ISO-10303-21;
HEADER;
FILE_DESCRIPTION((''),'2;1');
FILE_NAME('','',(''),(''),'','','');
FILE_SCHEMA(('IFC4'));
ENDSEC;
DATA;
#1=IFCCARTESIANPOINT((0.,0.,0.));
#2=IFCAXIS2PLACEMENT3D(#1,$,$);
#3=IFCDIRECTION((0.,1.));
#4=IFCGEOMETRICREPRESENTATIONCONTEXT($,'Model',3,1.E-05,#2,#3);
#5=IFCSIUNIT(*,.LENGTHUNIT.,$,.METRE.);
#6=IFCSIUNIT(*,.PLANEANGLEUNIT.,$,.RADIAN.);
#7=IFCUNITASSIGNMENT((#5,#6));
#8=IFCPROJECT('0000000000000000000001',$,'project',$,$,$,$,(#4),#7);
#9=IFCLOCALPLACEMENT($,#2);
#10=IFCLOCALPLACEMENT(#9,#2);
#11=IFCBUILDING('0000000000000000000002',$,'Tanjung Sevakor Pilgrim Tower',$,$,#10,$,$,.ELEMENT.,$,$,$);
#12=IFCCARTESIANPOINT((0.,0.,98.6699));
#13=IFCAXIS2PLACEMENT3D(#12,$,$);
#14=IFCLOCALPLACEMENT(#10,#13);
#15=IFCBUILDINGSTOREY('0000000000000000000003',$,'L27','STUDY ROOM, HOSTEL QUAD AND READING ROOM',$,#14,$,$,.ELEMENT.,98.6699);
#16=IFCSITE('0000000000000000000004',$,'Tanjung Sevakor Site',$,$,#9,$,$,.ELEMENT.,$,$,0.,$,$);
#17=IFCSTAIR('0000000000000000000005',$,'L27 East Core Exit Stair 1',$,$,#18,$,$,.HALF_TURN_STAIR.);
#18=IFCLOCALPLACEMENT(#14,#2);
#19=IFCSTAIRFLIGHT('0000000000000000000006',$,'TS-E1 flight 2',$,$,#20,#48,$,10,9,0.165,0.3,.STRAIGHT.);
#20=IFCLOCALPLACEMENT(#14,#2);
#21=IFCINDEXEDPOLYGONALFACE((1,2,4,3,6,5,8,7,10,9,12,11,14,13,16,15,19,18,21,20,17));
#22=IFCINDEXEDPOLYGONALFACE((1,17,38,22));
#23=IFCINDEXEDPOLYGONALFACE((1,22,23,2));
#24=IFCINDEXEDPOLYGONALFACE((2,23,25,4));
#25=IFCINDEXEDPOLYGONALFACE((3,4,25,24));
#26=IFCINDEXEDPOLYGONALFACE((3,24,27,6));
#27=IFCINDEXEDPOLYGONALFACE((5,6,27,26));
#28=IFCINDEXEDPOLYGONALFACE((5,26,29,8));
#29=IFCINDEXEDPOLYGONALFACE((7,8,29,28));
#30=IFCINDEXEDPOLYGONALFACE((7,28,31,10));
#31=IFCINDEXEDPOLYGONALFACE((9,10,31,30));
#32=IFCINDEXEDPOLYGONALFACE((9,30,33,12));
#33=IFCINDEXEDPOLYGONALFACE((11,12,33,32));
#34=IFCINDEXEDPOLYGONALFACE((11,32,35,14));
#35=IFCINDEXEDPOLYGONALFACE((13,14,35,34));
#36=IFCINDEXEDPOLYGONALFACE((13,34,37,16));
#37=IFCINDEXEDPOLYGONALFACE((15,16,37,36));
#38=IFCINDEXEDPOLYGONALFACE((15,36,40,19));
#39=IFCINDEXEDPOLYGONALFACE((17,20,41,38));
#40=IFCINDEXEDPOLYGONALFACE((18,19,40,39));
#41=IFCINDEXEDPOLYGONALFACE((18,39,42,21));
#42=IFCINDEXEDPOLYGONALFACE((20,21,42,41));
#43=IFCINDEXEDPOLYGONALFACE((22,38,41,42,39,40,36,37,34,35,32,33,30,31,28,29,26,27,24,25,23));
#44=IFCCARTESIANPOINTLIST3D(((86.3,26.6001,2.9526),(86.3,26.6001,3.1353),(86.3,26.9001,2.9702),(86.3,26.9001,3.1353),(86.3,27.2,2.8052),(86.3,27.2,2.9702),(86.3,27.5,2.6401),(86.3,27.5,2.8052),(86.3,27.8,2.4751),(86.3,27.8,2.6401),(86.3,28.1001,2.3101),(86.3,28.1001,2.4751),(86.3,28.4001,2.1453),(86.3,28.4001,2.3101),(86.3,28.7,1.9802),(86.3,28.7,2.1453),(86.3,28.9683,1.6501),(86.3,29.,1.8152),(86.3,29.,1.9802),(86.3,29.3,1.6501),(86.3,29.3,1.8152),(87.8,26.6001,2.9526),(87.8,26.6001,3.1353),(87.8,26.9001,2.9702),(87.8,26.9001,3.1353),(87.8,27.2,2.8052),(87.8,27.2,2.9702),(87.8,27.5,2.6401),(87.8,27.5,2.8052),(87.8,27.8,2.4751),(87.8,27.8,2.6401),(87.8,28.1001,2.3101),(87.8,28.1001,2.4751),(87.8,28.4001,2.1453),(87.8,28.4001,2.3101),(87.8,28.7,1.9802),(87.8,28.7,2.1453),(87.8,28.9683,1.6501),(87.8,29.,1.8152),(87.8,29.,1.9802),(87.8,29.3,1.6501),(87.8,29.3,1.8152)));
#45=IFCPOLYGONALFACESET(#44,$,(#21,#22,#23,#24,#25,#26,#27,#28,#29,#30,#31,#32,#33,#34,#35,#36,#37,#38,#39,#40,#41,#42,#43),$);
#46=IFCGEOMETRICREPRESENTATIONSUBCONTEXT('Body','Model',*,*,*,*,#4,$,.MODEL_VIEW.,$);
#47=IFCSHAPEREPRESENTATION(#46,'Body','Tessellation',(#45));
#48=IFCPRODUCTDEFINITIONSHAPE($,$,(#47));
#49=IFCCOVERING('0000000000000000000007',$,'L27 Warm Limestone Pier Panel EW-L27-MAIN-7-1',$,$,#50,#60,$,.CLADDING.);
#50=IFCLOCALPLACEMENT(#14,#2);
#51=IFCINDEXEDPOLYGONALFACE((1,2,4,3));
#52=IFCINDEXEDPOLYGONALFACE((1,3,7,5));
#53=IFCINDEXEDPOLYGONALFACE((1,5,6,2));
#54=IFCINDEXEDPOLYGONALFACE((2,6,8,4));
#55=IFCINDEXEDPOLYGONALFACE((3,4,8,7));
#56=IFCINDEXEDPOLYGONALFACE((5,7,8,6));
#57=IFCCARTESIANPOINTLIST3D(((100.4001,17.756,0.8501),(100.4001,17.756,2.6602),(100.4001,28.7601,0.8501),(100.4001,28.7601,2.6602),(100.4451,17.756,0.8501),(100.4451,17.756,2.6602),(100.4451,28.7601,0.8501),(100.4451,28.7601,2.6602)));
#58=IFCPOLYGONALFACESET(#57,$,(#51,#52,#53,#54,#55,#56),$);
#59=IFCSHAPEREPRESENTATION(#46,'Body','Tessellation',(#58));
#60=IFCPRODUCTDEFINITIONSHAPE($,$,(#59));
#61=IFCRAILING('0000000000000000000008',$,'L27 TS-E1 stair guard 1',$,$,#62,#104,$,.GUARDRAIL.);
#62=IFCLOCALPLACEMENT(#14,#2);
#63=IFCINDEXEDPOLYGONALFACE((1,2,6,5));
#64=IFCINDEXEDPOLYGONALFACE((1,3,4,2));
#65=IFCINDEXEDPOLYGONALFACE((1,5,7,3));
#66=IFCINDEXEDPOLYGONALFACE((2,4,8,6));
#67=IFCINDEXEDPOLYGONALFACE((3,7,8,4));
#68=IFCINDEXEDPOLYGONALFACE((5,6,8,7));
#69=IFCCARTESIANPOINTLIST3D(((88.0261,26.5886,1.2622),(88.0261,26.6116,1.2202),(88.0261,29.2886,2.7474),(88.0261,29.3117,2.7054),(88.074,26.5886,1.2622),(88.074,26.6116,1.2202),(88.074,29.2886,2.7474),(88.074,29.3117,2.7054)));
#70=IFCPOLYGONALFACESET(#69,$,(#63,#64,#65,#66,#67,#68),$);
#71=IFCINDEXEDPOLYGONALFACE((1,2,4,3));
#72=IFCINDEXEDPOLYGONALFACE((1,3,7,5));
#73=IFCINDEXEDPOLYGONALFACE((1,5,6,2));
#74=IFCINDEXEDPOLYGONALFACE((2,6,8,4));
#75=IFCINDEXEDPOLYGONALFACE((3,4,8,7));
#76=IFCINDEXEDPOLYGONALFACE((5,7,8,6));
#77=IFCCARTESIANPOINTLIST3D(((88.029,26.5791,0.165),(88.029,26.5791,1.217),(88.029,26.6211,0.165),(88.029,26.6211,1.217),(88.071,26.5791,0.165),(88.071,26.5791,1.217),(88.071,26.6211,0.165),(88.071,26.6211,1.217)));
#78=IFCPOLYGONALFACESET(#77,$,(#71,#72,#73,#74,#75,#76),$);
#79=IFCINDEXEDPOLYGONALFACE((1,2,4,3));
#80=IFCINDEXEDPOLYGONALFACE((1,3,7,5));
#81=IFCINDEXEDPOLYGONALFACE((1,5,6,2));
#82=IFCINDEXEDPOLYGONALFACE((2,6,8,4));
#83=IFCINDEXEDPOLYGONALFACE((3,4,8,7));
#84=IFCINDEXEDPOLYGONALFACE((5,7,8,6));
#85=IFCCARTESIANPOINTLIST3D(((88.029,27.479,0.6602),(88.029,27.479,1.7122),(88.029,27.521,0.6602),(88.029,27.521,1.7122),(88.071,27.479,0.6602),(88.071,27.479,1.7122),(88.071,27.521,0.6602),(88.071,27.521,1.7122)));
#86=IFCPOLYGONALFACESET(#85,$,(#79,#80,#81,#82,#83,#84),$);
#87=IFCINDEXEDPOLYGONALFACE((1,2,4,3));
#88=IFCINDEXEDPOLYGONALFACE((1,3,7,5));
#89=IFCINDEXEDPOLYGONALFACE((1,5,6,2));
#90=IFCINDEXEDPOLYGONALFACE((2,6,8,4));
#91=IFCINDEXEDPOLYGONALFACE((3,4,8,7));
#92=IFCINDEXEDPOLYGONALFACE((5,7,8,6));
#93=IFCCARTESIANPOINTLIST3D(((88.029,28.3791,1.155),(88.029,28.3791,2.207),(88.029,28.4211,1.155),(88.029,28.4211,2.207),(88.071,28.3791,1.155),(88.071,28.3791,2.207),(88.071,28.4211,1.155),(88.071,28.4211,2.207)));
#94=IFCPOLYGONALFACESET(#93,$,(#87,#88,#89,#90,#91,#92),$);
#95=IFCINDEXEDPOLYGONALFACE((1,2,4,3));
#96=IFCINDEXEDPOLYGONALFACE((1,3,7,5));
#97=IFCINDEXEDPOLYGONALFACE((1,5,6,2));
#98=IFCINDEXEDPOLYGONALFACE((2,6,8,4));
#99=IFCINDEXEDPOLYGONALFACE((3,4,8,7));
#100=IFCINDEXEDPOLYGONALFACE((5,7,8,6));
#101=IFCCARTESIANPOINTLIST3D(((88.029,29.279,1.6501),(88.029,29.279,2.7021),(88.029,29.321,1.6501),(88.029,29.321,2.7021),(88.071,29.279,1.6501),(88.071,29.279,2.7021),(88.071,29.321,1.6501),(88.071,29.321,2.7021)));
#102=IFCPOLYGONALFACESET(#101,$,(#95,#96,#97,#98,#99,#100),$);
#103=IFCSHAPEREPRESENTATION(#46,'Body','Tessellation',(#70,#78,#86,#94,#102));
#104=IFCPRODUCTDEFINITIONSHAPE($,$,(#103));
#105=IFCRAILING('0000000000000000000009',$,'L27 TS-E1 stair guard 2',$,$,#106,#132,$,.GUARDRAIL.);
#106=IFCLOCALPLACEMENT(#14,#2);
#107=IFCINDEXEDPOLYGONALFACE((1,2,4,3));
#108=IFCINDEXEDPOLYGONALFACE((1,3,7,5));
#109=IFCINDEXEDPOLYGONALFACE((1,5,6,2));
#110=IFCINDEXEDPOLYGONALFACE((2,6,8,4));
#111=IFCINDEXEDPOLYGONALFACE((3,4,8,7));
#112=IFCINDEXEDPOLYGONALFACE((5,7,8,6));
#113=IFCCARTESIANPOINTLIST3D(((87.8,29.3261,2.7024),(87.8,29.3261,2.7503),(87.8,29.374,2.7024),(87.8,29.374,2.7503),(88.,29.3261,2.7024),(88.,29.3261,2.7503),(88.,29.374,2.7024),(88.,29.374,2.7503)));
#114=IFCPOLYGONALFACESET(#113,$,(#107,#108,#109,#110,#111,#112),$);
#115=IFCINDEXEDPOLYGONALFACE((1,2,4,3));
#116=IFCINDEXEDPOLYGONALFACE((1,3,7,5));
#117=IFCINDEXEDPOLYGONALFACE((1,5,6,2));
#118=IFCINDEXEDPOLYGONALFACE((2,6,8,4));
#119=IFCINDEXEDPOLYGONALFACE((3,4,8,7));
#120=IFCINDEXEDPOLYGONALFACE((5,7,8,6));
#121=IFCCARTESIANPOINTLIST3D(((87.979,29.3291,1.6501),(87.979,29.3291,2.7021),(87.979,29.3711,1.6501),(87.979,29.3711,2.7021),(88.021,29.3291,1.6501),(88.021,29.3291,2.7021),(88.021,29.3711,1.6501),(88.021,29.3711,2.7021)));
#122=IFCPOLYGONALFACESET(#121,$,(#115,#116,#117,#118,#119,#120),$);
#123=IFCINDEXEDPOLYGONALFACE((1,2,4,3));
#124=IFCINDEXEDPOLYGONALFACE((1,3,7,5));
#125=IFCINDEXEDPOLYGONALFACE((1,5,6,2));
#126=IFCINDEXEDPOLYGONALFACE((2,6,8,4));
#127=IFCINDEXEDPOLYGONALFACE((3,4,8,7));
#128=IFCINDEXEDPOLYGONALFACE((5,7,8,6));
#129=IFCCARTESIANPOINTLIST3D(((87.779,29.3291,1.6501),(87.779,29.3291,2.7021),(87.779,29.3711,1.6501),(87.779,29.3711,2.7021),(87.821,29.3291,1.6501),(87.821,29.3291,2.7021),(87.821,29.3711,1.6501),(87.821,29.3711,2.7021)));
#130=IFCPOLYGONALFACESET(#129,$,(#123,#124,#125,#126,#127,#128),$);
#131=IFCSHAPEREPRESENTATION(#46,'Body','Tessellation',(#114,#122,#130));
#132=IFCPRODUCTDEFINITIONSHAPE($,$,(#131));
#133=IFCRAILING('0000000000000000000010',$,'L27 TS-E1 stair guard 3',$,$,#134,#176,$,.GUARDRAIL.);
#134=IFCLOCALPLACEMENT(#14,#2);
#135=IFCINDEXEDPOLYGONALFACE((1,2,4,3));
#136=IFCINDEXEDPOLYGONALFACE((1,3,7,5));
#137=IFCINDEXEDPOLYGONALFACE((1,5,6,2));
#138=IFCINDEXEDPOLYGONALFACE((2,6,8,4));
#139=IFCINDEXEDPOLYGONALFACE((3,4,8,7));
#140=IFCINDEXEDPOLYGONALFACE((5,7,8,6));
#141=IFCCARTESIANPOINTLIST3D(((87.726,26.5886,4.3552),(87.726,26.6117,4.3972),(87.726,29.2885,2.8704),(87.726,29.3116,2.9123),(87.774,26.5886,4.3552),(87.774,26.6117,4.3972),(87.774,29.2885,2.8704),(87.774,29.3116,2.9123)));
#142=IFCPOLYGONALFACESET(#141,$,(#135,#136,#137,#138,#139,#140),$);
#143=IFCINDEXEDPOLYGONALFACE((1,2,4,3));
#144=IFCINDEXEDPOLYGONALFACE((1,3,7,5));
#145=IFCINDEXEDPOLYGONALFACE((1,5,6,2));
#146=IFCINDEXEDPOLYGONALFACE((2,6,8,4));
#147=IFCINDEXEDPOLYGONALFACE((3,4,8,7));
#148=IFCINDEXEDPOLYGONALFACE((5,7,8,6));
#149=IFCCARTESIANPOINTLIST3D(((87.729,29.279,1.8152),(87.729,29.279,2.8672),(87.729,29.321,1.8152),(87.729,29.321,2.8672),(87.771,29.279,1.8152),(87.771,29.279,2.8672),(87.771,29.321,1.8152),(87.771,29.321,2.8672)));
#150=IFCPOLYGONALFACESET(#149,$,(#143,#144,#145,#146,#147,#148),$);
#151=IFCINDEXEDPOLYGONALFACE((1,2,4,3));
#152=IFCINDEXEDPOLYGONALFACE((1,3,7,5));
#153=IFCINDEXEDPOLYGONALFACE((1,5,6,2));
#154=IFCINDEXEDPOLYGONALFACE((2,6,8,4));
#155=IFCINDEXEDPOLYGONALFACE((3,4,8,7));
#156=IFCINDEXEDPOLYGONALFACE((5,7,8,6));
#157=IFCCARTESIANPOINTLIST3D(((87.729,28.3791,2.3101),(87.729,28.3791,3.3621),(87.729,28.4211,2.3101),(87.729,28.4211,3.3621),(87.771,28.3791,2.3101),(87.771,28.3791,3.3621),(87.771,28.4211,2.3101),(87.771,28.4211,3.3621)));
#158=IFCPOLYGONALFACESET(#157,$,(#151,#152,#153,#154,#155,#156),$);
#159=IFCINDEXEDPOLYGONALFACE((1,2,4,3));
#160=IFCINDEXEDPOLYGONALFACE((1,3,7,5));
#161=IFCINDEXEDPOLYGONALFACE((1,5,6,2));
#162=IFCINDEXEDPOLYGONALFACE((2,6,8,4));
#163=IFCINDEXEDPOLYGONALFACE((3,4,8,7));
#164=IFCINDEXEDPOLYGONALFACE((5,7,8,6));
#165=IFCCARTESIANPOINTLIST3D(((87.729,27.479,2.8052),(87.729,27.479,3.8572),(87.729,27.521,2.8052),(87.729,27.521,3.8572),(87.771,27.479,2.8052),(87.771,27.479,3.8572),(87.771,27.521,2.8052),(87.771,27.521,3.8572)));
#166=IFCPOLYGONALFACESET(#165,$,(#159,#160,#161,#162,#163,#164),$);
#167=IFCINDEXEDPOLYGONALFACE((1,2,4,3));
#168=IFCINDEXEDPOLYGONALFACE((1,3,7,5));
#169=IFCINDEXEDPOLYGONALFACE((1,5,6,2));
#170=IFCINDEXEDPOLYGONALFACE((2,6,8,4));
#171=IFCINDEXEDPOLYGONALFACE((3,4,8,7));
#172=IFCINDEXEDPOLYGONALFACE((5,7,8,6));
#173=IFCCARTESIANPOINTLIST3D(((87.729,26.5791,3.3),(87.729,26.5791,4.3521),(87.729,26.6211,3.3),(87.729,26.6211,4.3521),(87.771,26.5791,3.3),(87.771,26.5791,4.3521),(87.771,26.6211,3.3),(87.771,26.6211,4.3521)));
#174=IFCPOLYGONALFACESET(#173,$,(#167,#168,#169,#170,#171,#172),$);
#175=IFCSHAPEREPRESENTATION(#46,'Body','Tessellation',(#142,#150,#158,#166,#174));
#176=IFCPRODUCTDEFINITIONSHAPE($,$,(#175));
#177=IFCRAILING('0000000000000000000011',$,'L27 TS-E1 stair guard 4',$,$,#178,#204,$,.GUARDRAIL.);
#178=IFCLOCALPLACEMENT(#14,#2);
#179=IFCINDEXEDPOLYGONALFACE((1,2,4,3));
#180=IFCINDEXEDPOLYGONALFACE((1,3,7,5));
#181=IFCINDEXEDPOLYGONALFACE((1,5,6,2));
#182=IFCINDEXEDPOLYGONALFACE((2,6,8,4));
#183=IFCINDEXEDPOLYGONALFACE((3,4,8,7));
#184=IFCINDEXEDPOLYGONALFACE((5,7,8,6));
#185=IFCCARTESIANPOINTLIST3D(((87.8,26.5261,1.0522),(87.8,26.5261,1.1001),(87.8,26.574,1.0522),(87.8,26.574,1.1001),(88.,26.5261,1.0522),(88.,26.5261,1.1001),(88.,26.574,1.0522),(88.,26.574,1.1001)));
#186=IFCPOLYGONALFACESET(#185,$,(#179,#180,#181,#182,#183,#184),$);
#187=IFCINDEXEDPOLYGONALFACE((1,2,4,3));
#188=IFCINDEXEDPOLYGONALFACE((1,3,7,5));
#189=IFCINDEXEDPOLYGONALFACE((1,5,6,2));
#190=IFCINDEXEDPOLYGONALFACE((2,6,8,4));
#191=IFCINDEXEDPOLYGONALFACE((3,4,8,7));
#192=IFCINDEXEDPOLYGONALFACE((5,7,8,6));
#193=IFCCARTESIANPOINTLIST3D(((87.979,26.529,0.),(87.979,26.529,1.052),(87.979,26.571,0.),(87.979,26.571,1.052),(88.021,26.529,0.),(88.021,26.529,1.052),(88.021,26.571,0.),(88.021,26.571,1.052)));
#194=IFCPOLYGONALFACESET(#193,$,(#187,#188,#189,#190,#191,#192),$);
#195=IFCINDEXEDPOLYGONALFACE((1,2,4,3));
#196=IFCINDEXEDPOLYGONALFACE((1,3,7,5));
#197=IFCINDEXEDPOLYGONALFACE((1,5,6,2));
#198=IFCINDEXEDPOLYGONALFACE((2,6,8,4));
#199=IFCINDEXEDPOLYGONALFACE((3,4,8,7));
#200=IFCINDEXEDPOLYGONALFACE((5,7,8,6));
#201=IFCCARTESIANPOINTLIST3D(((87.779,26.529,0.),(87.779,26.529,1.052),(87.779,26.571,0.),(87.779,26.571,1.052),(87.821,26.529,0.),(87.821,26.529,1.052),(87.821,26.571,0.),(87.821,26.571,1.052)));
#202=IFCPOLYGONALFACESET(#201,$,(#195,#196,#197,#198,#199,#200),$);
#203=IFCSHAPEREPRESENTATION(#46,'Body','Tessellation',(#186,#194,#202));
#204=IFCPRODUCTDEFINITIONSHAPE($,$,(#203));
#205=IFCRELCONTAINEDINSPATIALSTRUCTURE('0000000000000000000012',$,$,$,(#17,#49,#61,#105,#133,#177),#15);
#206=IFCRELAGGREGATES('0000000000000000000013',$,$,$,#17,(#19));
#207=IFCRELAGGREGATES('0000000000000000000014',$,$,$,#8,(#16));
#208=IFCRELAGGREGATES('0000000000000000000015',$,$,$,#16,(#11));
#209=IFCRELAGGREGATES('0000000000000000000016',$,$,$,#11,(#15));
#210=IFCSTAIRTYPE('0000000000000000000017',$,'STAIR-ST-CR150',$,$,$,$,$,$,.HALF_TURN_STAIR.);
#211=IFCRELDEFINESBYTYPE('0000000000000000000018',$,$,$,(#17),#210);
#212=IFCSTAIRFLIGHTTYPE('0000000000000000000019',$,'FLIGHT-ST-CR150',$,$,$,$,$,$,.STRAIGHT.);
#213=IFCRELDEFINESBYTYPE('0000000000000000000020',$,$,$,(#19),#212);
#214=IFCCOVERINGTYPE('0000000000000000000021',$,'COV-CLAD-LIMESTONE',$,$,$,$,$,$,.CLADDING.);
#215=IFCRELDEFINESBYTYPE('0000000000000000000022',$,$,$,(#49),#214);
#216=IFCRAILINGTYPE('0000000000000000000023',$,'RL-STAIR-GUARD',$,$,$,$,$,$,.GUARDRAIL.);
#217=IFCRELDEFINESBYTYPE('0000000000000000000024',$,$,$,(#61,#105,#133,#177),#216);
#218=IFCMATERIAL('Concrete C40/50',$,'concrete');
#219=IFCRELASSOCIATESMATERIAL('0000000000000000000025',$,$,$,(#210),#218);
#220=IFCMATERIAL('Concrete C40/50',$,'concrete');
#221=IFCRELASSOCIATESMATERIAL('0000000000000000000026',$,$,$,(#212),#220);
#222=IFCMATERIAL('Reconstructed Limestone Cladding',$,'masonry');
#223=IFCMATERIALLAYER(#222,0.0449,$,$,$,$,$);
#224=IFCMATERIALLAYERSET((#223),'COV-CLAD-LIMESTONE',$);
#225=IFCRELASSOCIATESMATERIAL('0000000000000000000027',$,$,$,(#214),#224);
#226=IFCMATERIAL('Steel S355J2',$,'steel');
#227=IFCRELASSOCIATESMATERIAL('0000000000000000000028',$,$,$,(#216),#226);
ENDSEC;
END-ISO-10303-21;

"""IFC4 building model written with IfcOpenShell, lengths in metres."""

from ifc_helpers import new_model, si_unit, direction, frame, origin, origin_2d, place, context, subcontext, project, spatial, polyline, rectangle, outline, extrude, material, layer, layer_set, type_object, element, aggregate, save


model = new_model("IFC4")

# Units and contexts
model_context = context("Model", 3, precision=1e-05, world=origin(), true_north=direction((0.0, 1.0)))
body_context = subcontext(model_context, "Body", "Model", "MODEL_VIEW")
ifc_project = project(units=[si_unit("LENGTHUNIT", "METRE"), si_unit("PLANEANGLEUNIT", "RADIAN")], contexts=[model_context])

# Site, building, storey
site_placement = place(None, origin())
site = spatial("IfcSite", under=ifc_project, at=site_placement, Name="Tanjung Sevakor Site", CompositionType="ELEMENT", RefElevation=0.0)
building_placement = place(site_placement, origin())
building = spatial("IfcBuilding", under=site, at=building_placement, Name="Tanjung Sevakor Pilgrim Tower", CompositionType="ELEMENT")
storey_placement = place(building_placement, frame((0.0, 0.0, 98.6699)))
storey = spatial("IfcBuildingStorey", under=building, at=storey_placement, Name="L27", Description="STUDY ROOM, HOSTEL QUAD AND READING ROOM", CompositionType="ELEMENT", Elevation=98.6699)

# Stair, stair flight
ifc_material_1 = material(Name="Concrete C40/50", Category="concrete")
stair_type = type_object("IfcStairType", Name="STAIR-ST-CR150", PredefinedType="HALF_TURN_STAIR", material=ifc_material_1)
stair_placement = place(storey_placement, origin())
stair = element("IfcStair", 1, at=stair_placement, inside=storey, type_object=stair_type, Name="L27 East Core Exit Stair 1", PredefinedType="HALF_TURN_STAIR")
ifc_material_2 = material(Name="Concrete C40/50", Category="concrete")
stair_flight_type = type_object("IfcStairFlightType", Name="FLIGHT-ST-CR150", PredefinedType="STRAIGHT", material=ifc_material_2)
stair_flight_1_placement = place(storey_placement, frame((87.05, 29.3, 1.6501), z_axis=(0.0, 0.0, 1.0), x_axis=(0.0, -1.0, 0.0)))
stair_flight_1 = element("IfcStairFlight", 2, at=stair_flight_1_placement, type_object=stair_flight_type, Name="TS-E1 flight 2", NumberOfRisers=10, NumberOfTreads=9, PredefinedType="STRAIGHT", RiserHeight=0.165, TreadLength=0.3, context=body_context, shape_type="SweptSolid", body=[
    extrude(outline(polyline([(0.0, 0.0), (0.0, 0.165), (0.3, 0.165), (0.3, 0.3301), (0.6001, 0.3301), (0.6001, 0.4951), (0.8999, 0.4951), (0.8999, 0.6599), (1.2, 0.6599), (1.2, 0.825), (1.5, 0.825), (1.5, 0.99), (1.8, 0.99), (1.8, 1.155), (2.1001, 1.155), (2.1001, 1.3201), (2.3999, 1.3201), (2.3999, 1.4851), (2.7, 1.4851), (2.7, 1.6499), (2.7, 1.3025), (0.3318, 0.0), (0.0, 0.0)])), frame((0.0, 0.75, 0.0), z_axis=(0.0, -1.0, 0.0), x_axis=(1.0, 0.0, 0.0)), (0.0, 0.0, 1.0), 1.5),
])
aggregate(stair, [stair_flight_1])

# Covering
ifc_material_3 = material(Name="Reconstructed Limestone Cladding", Category="masonry")
ifc_layer_1 = layer(ifc_material_3, 0.0449)
ifc_layer_set_1 = layer_set([ifc_layer_1], Name="COV-CLAD-LIMESTONE")
covering_type = type_object("IfcCoveringType", Name="COV-CLAD-LIMESTONE", PredefinedType="CLADDING", material=ifc_layer_set_1)
covering_placement = place(storey_placement, frame((100.4226, 23.2581, 0.8501), z_axis=(0.0, 0.0, 1.0), x_axis=(0.0, 1.0, 0.0)))
element("IfcCovering", 3, at=covering_placement, inside=storey, type_object=covering_type, Name="L27 Warm Limestone Pier Panel EW-L27-MAIN-7-1", PredefinedType="CLADDING", context=body_context, shape_type="SweptSolid", body=[
    extrude(rectangle(XDim=11.0042, YDim=0.0449, at=origin_2d()), origin(), (0.0, 0.0, 1.0), 1.8101),
])

# Railings
ifc_material_4 = material(Name="Steel S355J2", Category="steel")
railing_type_1 = type_object("IfcRailingType", Name="RL-STAIR-GUARD", PredefinedType="GUARDRAIL", material=ifc_material_4)
railing_1_placement = place(storey_placement, frame((88.05, 26.6001, 0.165)))
element("IfcRailing", 4, at=railing_1_placement, inside=storey, type_object=railing_type_1, Name="L27 TS-E1 stair guard 1", PredefinedType="GUARDRAIL", context=body_context, shape_type="SweptSolid", body=[
    extrude(rectangle(XDim=0.0479, YDim=0.0479), frame((0.0, 0.0, 1.0762), z_axis=(0.0, 0.876198, 0.481952), x_axis=(-1.0, 0.0, 0.0)), (0.0, 0.0, 1.0), 3.0815),
    extrude(rectangle(XDim=0.042, YDim=0.042), origin(), (0.0, 0.0, 1.0), 1.052),
    extrude(rectangle(XDim=0.042, YDim=0.042), frame((0.0, 0.8999, 0.4951)), (0.0, 0.0, 1.0), 1.052),
    extrude(rectangle(XDim=0.042, YDim=0.042), frame((0.0, 1.8, 0.99)), (0.0, 0.0, 1.0), 1.052),
    extrude(rectangle(XDim=0.042, YDim=0.042), frame((0.0, 2.7, 1.4851)), (0.0, 0.0, 1.0), 1.052),
])
railing_2_placement = place(storey_placement, frame((88.0, 29.3501, 1.6501)))
element("IfcRailing", 5, at=railing_2_placement, inside=storey, type_object=railing_type_1, Name="L27 TS-E1 stair guard 2", PredefinedType="GUARDRAIL", context=body_context, shape_type="SweptSolid", body=[
    extrude(rectangle(XDim=0.0479, YDim=0.0479), frame((0.0, 0.0, 1.0762), z_axis=(-1.0, 0.0, 0.0), x_axis=(0.0, -1.0, 0.0)), (0.0, 0.0, 1.0), 0.2),
    extrude(rectangle(XDim=0.042, YDim=0.042), origin(), (0.0, 0.0, 1.0), 1.052),
    extrude(rectangle(XDim=0.042, YDim=0.042), frame((-0.2, 0.0, 0.0)), (0.0, 0.0, 1.0), 1.052),
])
railing_3_placement = place(storey_placement, frame((87.75, 29.3, 1.8152)))
element("IfcRailing", 6, at=railing_3_placement, inside=storey, type_object=railing_type_1, Name="L27 TS-E1 stair guard 3", PredefinedType="GUARDRAIL", context=body_context, shape_type="SweptSolid", body=[
    extrude(rectangle(XDim=0.0479, YDim=0.0479), frame((0.0, 0.0, 1.0762), z_axis=(0.0, -0.876231, 0.481891), x_axis=(1.0, 0.0, 0.0)), (0.0, 0.0, 1.0), 3.0813),
    extrude(rectangle(XDim=0.042, YDim=0.042), origin(), (0.0, 0.0, 1.0), 1.052),
    extrude(rectangle(XDim=0.042, YDim=0.042), frame((0.0, -0.8999, 0.4949)), (0.0, 0.0, 1.0), 1.052),
    extrude(rectangle(XDim=0.042, YDim=0.042), frame((0.0, -1.8, 0.99)), (0.0, 0.0, 1.0), 1.052),
    extrude(rectangle(XDim=0.042, YDim=0.042), frame((0.0, -2.7, 1.4849)), (0.0, 0.0, 1.0), 1.052),
])
railing_4_placement = place(storey_placement, frame((88.0, 26.55, 0.0)))
element("IfcRailing", 7, at=railing_4_placement, inside=storey, type_object=railing_type_1, Name="L27 TS-E1 stair guard 4", PredefinedType="GUARDRAIL", context=body_context, shape_type="SweptSolid", body=[
    extrude(rectangle(XDim=0.0479, YDim=0.0479), frame((0.0, 0.0, 1.0762), z_axis=(-1.0, 0.0, 0.0), x_axis=(0.0, -1.0, 0.0)), (0.0, 0.0, 1.0), 0.2),
    extrude(rectangle(XDim=0.042, YDim=0.042), origin(), (0.0, 0.0, 1.0), 1.052),
    extrude(rectangle(XDim=0.042, YDim=0.042), frame((-0.2, 0.0, 0.0)), (0.0, 0.0, 1.0), 1.052),
])

save(model, "model.ifc")
